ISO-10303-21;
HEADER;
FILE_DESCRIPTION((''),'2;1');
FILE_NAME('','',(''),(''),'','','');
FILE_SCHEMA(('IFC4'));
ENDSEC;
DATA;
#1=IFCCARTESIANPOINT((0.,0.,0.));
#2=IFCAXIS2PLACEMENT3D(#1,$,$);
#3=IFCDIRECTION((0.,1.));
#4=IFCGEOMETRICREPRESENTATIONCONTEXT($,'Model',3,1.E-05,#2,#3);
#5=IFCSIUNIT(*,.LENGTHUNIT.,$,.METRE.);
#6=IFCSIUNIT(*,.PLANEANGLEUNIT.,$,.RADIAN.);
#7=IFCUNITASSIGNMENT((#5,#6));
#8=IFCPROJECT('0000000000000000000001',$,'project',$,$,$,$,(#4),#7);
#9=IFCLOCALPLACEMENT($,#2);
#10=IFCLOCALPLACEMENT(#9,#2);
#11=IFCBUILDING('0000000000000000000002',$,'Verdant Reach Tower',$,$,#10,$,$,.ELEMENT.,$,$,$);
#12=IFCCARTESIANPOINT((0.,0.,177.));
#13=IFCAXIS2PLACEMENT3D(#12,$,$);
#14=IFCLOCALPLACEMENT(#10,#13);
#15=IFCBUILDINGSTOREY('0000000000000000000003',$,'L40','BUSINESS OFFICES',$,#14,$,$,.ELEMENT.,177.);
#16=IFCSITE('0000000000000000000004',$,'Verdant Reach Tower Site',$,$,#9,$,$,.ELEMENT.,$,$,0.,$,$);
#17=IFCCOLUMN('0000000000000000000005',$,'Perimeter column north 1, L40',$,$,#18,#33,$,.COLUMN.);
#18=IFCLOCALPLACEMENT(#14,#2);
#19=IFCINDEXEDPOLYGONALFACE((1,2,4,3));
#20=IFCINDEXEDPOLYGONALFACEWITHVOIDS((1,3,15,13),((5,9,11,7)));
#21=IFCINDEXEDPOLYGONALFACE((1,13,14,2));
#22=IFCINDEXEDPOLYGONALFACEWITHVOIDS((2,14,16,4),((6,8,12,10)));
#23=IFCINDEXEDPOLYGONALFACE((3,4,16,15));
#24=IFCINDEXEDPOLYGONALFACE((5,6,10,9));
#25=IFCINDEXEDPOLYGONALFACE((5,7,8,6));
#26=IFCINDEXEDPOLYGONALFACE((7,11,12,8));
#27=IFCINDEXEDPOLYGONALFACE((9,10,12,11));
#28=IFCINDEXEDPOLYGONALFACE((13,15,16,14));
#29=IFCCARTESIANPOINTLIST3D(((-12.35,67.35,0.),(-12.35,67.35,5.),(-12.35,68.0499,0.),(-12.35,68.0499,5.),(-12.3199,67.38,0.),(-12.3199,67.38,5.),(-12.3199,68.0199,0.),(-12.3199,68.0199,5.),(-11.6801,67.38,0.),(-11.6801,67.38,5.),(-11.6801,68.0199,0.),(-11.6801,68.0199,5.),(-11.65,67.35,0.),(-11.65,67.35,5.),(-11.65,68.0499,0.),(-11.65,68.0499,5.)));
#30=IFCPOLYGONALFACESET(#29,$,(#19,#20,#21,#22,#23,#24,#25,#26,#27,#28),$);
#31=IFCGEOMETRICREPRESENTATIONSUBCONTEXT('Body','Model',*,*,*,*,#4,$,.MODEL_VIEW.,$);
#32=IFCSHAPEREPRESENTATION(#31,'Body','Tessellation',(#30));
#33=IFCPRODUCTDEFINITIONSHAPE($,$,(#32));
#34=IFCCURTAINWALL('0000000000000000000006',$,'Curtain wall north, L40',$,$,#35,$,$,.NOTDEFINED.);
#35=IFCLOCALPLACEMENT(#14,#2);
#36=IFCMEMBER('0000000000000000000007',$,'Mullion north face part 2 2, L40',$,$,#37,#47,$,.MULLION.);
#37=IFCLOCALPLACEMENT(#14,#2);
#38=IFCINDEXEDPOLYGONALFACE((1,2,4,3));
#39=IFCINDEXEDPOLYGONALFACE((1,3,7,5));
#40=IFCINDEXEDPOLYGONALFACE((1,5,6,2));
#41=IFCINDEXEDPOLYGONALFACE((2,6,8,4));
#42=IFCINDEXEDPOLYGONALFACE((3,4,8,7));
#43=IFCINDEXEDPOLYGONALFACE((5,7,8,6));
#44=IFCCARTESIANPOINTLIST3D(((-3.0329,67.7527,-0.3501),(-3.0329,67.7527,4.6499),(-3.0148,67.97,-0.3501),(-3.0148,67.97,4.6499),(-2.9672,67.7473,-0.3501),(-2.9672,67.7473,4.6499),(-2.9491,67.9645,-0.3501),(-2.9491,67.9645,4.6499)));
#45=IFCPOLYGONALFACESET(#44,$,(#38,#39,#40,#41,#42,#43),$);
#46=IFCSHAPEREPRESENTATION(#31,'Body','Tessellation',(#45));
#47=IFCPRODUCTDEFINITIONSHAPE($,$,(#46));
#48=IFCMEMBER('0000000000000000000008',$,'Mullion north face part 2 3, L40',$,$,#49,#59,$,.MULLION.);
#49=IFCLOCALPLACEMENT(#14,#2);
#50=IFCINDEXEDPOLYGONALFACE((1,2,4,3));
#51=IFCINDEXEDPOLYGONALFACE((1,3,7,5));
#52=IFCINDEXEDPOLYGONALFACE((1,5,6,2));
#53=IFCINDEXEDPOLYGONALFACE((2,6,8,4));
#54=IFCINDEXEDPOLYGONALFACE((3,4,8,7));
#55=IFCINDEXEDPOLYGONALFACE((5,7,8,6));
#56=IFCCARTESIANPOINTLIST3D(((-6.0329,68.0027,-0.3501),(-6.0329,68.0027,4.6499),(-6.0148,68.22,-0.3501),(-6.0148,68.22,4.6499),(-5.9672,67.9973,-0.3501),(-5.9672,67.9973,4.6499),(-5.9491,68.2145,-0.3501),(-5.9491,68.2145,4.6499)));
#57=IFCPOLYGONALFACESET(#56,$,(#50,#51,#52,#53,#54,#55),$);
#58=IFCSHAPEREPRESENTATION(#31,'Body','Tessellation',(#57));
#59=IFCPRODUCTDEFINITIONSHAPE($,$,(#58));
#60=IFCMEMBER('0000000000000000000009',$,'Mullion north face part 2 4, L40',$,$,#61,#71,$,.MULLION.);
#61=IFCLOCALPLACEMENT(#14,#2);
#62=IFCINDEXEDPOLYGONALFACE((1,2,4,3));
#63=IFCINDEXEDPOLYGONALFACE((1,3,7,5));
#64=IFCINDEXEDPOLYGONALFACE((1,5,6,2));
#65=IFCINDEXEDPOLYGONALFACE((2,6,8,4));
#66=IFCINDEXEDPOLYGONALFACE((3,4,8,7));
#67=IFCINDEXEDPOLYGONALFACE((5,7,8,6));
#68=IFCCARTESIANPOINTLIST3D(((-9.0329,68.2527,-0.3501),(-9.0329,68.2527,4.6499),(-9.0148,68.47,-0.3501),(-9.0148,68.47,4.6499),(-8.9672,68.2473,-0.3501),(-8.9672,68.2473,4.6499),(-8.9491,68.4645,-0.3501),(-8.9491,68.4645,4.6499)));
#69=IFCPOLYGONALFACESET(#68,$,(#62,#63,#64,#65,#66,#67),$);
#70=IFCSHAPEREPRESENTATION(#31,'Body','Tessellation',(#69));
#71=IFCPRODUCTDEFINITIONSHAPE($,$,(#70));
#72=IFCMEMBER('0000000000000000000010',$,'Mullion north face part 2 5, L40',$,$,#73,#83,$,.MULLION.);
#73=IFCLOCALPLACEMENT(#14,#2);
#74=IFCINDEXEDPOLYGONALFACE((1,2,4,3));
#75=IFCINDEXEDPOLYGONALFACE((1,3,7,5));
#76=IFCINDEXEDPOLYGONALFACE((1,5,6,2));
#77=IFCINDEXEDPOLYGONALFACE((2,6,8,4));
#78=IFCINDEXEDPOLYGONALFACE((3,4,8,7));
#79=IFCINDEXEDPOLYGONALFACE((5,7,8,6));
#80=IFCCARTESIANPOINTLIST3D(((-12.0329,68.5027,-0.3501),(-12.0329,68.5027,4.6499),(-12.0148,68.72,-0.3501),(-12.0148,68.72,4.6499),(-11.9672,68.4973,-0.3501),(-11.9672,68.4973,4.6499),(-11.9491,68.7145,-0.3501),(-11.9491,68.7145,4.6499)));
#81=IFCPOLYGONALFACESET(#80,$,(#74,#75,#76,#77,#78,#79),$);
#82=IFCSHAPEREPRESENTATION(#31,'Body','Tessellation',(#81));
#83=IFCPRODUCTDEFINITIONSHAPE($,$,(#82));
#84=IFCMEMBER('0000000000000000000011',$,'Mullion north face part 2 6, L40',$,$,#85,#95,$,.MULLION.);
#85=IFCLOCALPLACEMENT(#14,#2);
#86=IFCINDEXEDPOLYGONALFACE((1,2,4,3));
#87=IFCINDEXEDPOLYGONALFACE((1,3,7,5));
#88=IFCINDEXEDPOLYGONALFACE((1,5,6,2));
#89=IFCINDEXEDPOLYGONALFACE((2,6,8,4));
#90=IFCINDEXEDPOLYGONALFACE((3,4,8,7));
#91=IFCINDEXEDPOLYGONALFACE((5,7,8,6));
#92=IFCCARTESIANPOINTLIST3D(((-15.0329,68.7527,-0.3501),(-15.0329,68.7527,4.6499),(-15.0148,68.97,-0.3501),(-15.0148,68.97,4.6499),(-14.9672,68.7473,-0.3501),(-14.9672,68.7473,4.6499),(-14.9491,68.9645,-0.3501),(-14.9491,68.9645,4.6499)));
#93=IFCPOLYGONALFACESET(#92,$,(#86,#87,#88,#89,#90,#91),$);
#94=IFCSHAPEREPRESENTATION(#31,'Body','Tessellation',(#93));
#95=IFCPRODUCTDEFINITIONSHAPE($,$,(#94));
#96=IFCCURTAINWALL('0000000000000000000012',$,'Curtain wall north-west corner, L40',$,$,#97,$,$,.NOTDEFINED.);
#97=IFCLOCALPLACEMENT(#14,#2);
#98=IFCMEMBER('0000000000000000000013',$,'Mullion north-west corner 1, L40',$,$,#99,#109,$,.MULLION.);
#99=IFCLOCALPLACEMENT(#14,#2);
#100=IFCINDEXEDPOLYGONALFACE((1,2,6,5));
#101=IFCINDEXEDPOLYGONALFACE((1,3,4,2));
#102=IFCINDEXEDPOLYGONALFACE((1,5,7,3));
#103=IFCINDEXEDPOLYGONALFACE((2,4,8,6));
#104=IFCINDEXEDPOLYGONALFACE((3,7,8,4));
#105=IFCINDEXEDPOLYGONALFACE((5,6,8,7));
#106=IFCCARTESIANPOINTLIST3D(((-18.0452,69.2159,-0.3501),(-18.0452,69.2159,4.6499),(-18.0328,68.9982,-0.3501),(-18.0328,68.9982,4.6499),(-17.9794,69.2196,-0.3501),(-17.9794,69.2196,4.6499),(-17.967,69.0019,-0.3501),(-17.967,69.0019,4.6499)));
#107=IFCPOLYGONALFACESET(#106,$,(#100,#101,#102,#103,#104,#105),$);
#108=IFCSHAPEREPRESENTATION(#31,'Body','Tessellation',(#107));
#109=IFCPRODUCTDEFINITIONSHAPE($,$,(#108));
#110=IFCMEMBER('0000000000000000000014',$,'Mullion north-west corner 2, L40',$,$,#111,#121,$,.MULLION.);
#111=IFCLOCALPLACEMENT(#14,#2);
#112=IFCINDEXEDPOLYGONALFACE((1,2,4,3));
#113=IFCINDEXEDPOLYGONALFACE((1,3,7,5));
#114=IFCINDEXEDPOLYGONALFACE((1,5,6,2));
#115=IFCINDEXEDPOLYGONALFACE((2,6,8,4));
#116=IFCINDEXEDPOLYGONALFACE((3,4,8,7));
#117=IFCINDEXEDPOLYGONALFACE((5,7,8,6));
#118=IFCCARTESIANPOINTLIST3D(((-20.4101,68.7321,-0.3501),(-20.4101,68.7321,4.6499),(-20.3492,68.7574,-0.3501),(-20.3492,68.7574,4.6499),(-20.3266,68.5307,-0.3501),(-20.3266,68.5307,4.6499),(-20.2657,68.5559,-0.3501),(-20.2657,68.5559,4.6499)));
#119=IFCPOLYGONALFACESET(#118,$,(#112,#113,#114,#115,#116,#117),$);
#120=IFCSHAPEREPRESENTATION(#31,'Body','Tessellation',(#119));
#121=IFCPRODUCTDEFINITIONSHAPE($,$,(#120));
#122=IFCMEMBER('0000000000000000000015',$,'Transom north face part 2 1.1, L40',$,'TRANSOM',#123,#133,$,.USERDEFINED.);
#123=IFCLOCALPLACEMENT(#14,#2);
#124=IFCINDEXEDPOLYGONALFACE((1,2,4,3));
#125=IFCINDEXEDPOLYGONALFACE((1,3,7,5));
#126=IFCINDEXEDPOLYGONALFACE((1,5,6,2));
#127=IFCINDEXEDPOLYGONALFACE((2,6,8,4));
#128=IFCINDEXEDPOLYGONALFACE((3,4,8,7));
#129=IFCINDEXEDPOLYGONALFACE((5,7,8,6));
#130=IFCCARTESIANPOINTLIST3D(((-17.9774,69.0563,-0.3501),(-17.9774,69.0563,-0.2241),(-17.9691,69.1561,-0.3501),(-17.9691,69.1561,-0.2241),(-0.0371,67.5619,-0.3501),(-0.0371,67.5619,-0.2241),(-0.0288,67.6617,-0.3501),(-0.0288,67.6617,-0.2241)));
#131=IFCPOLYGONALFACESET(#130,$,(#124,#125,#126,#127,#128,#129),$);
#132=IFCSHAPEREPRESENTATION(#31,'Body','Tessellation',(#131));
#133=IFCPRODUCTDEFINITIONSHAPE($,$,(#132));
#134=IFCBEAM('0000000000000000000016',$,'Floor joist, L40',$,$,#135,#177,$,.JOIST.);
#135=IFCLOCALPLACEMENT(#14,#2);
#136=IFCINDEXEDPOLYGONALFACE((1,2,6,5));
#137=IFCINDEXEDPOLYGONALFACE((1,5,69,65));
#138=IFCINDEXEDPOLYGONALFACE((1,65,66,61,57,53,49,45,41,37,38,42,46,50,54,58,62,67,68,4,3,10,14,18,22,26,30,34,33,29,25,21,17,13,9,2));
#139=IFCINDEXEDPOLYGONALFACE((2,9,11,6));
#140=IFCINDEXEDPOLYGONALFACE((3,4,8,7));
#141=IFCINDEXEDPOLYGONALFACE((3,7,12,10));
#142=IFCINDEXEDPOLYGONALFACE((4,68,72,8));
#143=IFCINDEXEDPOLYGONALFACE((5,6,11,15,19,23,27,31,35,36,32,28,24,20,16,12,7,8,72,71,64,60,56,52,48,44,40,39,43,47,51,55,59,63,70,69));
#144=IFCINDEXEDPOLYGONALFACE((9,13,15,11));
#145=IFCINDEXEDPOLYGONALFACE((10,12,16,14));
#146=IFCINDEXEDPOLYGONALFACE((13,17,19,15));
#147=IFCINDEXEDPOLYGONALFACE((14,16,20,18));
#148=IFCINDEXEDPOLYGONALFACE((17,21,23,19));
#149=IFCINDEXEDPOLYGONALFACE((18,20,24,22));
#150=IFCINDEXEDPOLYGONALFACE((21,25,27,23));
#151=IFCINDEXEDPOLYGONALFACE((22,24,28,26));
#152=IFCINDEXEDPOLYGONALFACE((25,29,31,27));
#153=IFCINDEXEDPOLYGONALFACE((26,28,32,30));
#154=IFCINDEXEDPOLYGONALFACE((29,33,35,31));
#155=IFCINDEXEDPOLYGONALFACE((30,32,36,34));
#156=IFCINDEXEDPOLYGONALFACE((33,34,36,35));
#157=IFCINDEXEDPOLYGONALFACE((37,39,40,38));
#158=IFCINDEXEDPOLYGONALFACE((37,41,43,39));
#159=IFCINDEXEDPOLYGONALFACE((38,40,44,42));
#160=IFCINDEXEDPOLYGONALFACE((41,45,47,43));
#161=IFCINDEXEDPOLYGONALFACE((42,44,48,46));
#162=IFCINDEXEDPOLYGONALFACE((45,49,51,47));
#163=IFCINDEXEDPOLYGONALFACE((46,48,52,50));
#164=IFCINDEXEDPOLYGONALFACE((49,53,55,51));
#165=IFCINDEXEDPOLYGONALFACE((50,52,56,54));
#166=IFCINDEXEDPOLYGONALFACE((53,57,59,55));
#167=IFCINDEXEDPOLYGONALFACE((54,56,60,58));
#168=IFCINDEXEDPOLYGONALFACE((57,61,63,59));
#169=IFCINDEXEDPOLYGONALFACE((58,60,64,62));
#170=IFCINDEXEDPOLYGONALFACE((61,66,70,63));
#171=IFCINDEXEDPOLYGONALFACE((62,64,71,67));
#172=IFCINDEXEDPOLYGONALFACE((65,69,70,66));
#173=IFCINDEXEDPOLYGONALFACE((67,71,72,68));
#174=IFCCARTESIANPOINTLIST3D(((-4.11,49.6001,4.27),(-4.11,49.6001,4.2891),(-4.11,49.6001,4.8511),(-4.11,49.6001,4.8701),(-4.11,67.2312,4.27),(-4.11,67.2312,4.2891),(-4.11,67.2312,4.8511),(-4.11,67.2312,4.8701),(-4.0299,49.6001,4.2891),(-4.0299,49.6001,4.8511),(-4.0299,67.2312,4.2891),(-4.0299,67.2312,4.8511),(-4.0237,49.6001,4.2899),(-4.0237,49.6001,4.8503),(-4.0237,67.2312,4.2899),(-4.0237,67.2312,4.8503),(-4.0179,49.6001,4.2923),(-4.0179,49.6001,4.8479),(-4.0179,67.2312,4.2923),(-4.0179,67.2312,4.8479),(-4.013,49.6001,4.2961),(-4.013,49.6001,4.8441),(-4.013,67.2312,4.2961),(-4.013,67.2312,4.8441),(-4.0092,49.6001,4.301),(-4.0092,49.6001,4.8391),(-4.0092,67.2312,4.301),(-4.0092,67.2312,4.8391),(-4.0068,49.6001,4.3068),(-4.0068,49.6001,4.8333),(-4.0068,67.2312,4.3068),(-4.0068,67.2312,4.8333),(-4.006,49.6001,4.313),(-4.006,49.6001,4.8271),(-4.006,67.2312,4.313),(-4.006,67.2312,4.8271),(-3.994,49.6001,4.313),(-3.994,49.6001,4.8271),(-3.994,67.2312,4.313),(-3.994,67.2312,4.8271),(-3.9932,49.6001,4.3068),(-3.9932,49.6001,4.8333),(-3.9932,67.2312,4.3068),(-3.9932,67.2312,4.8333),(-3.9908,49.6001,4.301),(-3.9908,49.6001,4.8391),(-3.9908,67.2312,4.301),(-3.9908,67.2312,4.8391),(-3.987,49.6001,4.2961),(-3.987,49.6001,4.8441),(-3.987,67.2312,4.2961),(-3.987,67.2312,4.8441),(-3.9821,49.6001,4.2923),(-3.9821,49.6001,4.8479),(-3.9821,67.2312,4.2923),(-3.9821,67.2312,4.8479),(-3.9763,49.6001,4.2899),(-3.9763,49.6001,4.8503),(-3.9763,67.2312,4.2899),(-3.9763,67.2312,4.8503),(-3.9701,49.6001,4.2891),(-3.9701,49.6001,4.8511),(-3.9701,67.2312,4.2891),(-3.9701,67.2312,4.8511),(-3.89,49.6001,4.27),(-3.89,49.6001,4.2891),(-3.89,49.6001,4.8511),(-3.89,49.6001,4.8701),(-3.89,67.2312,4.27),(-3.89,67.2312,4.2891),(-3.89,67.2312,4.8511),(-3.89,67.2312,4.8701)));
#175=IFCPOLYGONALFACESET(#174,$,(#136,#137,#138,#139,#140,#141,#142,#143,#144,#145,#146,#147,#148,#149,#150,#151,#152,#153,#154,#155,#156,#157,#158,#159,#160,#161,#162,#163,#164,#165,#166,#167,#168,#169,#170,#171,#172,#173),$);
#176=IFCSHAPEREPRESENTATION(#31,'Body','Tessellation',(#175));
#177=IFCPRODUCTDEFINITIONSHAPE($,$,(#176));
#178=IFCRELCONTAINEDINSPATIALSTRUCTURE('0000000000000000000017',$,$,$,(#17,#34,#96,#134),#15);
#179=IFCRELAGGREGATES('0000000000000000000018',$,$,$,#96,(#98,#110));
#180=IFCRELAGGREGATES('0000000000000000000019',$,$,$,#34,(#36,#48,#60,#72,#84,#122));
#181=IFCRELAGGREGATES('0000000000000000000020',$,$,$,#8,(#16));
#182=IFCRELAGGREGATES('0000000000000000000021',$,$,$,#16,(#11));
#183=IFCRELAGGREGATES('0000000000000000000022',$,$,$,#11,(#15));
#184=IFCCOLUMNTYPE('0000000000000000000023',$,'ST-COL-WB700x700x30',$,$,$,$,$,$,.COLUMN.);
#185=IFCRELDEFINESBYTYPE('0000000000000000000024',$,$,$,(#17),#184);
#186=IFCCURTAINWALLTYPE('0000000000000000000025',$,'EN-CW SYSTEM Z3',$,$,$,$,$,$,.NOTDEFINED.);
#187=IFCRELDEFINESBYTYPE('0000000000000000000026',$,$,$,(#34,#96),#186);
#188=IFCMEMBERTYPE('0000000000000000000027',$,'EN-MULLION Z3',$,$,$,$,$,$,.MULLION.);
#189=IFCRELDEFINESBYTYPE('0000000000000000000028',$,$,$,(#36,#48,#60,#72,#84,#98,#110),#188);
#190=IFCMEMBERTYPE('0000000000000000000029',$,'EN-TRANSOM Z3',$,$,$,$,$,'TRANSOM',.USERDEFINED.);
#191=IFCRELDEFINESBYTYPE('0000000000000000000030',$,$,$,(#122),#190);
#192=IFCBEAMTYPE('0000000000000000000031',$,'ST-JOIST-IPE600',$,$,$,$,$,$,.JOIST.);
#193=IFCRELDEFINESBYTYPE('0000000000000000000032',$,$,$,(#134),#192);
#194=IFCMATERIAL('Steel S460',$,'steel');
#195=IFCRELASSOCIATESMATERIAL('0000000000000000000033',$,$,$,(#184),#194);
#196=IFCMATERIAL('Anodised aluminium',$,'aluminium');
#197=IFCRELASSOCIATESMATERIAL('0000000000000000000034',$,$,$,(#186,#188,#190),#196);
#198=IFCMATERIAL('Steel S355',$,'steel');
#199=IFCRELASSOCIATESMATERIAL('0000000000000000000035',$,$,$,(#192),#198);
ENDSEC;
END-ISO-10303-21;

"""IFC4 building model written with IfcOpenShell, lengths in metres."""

from ifc_helpers import new_model, si_unit, direction, frame, origin, origin_2d, place, context, subcontext, project, spatial, rectangle, hollow_rectangle, i_section, extrude, material, material_profile, profile_set, type_object, element, aggregate, save


model = new_model("IFC4")

# Units and contexts
model_context = context("Model", 3, precision=1e-05, world=origin(), true_north=direction((0.0, 1.0)))
body_context = subcontext(model_context, "Body", "Model", "MODEL_VIEW")
ifc_project = project(units=[si_unit("LENGTHUNIT", "METRE"), si_unit("PLANEANGLEUNIT", "RADIAN")], contexts=[model_context])

# Site, building, storey
site_placement = place(None, origin())
site = spatial("IfcSite", under=ifc_project, at=site_placement, Name="Verdant Reach Tower Site", CompositionType="ELEMENT", RefElevation=0.0)
building_placement = place(site_placement, origin())
building = spatial("IfcBuilding", under=site, at=building_placement, Name="Verdant Reach Tower", CompositionType="ELEMENT")
storey_placement = place(building_placement, frame((0.0, 0.0, 177.0)))
storey = spatial("IfcBuildingStorey", under=building, at=storey_placement, Name="L40", Description="BUSINESS OFFICES", CompositionType="ELEMENT", Elevation=177.0)

# Column
ifc_material_1 = material(Name="Steel S460", Category="steel")
ifc_material_profile_1 = material_profile(ifc_material_1, hollow_rectangle(XDim=0.7, YDim=0.7, WallThickness=0.03, at=origin_2d()), Name="WB 700x700x30")
ifc_profile_set_1 = profile_set([ifc_material_profile_1], Name="Steel S460")
column_type = type_object("IfcColumnType", Name="ST-COL-WB700x700x30", PredefinedType="COLUMN", material=ifc_profile_set_1)
column_placement = place(storey_placement, frame((-12.0, 67.7, 0.0), z_axis=(0.0, 0.0, 1.0), x_axis=(1.0, 0.0, 0.0)))
element("IfcColumn", 1, at=column_placement, inside=storey, type_object=column_type, Name="Perimeter column north 1, L40", PredefinedType="COLUMN", context=body_context, shape_type="SweptSolid", body=[
    extrude(hollow_rectangle(XDim=0.7, YDim=0.7, WallThickness=0.03, at=origin_2d()), origin(), (0.0, 0.0, 1.0), 5.0),
])

# Curtain walls, members
ifc_material_2 = material(Name="Anodised aluminium", Category="aluminium")
curtain_wall_type = type_object("IfcCurtainWallType", Name="EN-CW SYSTEM Z3", PredefinedType="NOTDEFINED", material=ifc_material_2)
curtain_wall_1_placement = place(storey_placement, origin())
curtain_wall_1 = element("IfcCurtainWall", 2, at=curtain_wall_1_placement, inside=storey, type_object=curtain_wall_type, Name="Curtain wall north, L40", PredefinedType="NOTDEFINED")
ifc_material_profile_2 = material_profile(ifc_material_2, rectangle(XDim=0.218, YDim=0.0659, at=origin_2d()), Name="Mullion 66x218")
ifc_profile_set_2 = profile_set([ifc_material_profile_2], Name="Anodised aluminium")
member_type_1 = type_object("IfcMemberType", Name="EN-MULLION Z3", PredefinedType="MULLION", material=ifc_profile_set_2)
member_1_placement = place(storey_placement, frame((-2.991, 67.8586, -0.3501), z_axis=(0.0, 0.0, 1.0), x_axis=(0.083045, 0.996546, 0.0)))
member_1 = element("IfcMember", 3, at=member_1_placement, type_object=member_type_1, Name="Mullion north face part 2 2, L40", PredefinedType="MULLION", context=body_context, shape_type="SweptSolid", body=[
    extrude(rectangle(XDim=0.218, YDim=0.0659, at=origin_2d()), origin(), (0.0, 0.0, 1.0), 5.0),
])
member_2_placement = place(storey_placement, frame((-5.991, 68.1086, -0.3501), z_axis=(0.0, 0.0, 1.0), x_axis=(0.083045, 0.996546, 0.0)))
member_2 = element("IfcMember", 4, at=member_2_placement, type_object=member_type_1, Name="Mullion north face part 2 3, L40", PredefinedType="MULLION", context=body_context, shape_type="SweptSolid", body=[
    extrude(rectangle(XDim=0.218, YDim=0.0659, at=origin_2d()), origin(), (0.0, 0.0, 1.0), 5.0),
])
member_3_placement = place(storey_placement, frame((-8.991, 68.3586, -0.3501), z_axis=(0.0, 0.0, 1.0), x_axis=(0.083045, 0.996546, 0.0)))
member_3 = element("IfcMember", 5, at=member_3_placement, type_object=member_type_1, Name="Mullion north face part 2 4, L40", PredefinedType="MULLION", context=body_context, shape_type="SweptSolid", body=[
    extrude(rectangle(XDim=0.218, YDim=0.0659, at=origin_2d()), origin(), (0.0, 0.0, 1.0), 5.0),
])
member_4_placement = place(storey_placement, frame((-11.991, 68.6086, -0.3501), z_axis=(0.0, 0.0, 1.0), x_axis=(0.083045, 0.996546, 0.0)))
member_4 = element("IfcMember", 6, at=member_4_placement, type_object=member_type_1, Name="Mullion north face part 2 5, L40", PredefinedType="MULLION", context=body_context, shape_type="SweptSolid", body=[
    extrude(rectangle(XDim=0.218, YDim=0.0659, at=origin_2d()), origin(), (0.0, 0.0, 1.0), 5.0),
])
member_5_placement = place(storey_placement, frame((-14.991, 68.8586, -0.3501), z_axis=(0.0, 0.0, 1.0), x_axis=(0.083045, 0.996546, 0.0)))
member_5 = element("IfcMember", 7, at=member_5_placement, type_object=member_type_1, Name="Mullion north face part 2 6, L40", PredefinedType="MULLION", context=body_context, shape_type="SweptSolid", body=[
    extrude(rectangle(XDim=0.218, YDim=0.0659, at=origin_2d()), origin(), (0.0, 0.0, 1.0), 5.0),
])
curtain_wall_2_placement = place(storey_placement, origin())
curtain_wall_2 = element("IfcCurtainWall", 8, at=curtain_wall_2_placement, inside=storey, type_object=curtain_wall_type, Name="Curtain wall north-west corner, L40", PredefinedType="NOTDEFINED")
member_6_placement = place(storey_placement, frame((-18.0061, 69.1089, -0.3501), z_axis=(0.0, 0.0, 1.0), x_axis=(-0.056569, 0.998399, 0.0)))
member_6 = element("IfcMember", 9, at=member_6_placement, type_object=member_type_1, Name="Mullion north-west corner 1, L40", PredefinedType="MULLION", context=body_context, shape_type="SweptSolid", body=[
    extrude(rectangle(XDim=0.218, YDim=0.0659, at=origin_2d()), origin(), (0.0, 0.0, 1.0), 5.0),
])
member_7_placement = place(storey_placement, frame((-20.3379, 68.644, -0.3501), z_axis=(0.0, 0.0, 1.0), x_axis=(-0.382694, 0.923875, 0.0)))
member_7 = element("IfcMember", 10, at=member_7_placement, type_object=member_type_1, Name="Mullion north-west corner 2, L40", PredefinedType="MULLION", context=body_context, shape_type="SweptSolid", body=[
    extrude(rectangle(XDim=0.218, YDim=0.0659, at=origin_2d()), origin(), (0.0, 0.0, 1.0), 5.0),
])

# Member
ifc_material_profile_3 = material_profile(ifc_material_2, rectangle(XDim=0.1001, YDim=0.126, at=origin_2d()), Name="Transom 126x100")
ifc_profile_set_3 = profile_set([ifc_material_profile_3], Name="Anodised aluminium")
member_type_2 = type_object("IfcMemberType", Name="EN-TRANSOM Z3", ElementType="TRANSOM", PredefinedType="USERDEFINED", material=ifc_profile_set_3)
member_8_placement = place(storey_placement, frame((-0.033, 67.6118, -0.2871), z_axis=(-0.996549, 0.08301, 0.0), x_axis=(-0.08301, -0.996549, 0.0)))
member_8 = element("IfcMember", 11, at=member_8_placement, type_object=member_type_2, Name="Transom north face part 2 1.1, L40", ObjectType="TRANSOM", PredefinedType="USERDEFINED", context=body_context, shape_type="SweptSolid", body=[
    extrude(rectangle(XDim=0.1001, YDim=0.126, at=origin_2d()), origin(), (0.0, 0.0, 1.0), 18.0024),
])

# Beam
ifc_material_3 = material(Name="Steel S355", Category="steel")
ifc_material_profile_4 = material_profile(ifc_material_3, i_section(OverallWidth=0.22, OverallDepth=0.6001, WebThickness=0.012, FlangeThickness=0.019, FilletRadius=0.0239, at=origin_2d()), Name="IPE 600")
ifc_profile_set_4 = profile_set([ifc_material_profile_4], Name="Steel S355")
beam_type_1 = type_object("IfcBeamType", Name="ST-JOIST-IPE600", PredefinedType="JOIST", material=ifc_profile_set_4)
beam_1_placement = place(storey_placement, frame((-4.0, 49.6001, 4.5701), z_axis=(0.0, 1.0, 0.0), x_axis=(-1.0, 0.0, 0.0)))
element("IfcBeam", 12, at=beam_1_placement, inside=storey, type_object=beam_type_1, Name="Floor joist, L40", PredefinedType="JOIST", context=body_context, shape_type="SweptSolid", body=[
    extrude(i_section(OverallWidth=0.22, OverallDepth=0.6001, WebThickness=0.012, FlangeThickness=0.019, FilletRadius=0.0239, at=origin_2d()), origin(), (0.0, 0.0, 1.0), 17.6311),
])

aggregate(curtain_wall_2, [member_6, member_7])
aggregate(curtain_wall_1, [member_1, member_2, member_3, member_4, member_5, member_8])

save(model, "model.ifc")
